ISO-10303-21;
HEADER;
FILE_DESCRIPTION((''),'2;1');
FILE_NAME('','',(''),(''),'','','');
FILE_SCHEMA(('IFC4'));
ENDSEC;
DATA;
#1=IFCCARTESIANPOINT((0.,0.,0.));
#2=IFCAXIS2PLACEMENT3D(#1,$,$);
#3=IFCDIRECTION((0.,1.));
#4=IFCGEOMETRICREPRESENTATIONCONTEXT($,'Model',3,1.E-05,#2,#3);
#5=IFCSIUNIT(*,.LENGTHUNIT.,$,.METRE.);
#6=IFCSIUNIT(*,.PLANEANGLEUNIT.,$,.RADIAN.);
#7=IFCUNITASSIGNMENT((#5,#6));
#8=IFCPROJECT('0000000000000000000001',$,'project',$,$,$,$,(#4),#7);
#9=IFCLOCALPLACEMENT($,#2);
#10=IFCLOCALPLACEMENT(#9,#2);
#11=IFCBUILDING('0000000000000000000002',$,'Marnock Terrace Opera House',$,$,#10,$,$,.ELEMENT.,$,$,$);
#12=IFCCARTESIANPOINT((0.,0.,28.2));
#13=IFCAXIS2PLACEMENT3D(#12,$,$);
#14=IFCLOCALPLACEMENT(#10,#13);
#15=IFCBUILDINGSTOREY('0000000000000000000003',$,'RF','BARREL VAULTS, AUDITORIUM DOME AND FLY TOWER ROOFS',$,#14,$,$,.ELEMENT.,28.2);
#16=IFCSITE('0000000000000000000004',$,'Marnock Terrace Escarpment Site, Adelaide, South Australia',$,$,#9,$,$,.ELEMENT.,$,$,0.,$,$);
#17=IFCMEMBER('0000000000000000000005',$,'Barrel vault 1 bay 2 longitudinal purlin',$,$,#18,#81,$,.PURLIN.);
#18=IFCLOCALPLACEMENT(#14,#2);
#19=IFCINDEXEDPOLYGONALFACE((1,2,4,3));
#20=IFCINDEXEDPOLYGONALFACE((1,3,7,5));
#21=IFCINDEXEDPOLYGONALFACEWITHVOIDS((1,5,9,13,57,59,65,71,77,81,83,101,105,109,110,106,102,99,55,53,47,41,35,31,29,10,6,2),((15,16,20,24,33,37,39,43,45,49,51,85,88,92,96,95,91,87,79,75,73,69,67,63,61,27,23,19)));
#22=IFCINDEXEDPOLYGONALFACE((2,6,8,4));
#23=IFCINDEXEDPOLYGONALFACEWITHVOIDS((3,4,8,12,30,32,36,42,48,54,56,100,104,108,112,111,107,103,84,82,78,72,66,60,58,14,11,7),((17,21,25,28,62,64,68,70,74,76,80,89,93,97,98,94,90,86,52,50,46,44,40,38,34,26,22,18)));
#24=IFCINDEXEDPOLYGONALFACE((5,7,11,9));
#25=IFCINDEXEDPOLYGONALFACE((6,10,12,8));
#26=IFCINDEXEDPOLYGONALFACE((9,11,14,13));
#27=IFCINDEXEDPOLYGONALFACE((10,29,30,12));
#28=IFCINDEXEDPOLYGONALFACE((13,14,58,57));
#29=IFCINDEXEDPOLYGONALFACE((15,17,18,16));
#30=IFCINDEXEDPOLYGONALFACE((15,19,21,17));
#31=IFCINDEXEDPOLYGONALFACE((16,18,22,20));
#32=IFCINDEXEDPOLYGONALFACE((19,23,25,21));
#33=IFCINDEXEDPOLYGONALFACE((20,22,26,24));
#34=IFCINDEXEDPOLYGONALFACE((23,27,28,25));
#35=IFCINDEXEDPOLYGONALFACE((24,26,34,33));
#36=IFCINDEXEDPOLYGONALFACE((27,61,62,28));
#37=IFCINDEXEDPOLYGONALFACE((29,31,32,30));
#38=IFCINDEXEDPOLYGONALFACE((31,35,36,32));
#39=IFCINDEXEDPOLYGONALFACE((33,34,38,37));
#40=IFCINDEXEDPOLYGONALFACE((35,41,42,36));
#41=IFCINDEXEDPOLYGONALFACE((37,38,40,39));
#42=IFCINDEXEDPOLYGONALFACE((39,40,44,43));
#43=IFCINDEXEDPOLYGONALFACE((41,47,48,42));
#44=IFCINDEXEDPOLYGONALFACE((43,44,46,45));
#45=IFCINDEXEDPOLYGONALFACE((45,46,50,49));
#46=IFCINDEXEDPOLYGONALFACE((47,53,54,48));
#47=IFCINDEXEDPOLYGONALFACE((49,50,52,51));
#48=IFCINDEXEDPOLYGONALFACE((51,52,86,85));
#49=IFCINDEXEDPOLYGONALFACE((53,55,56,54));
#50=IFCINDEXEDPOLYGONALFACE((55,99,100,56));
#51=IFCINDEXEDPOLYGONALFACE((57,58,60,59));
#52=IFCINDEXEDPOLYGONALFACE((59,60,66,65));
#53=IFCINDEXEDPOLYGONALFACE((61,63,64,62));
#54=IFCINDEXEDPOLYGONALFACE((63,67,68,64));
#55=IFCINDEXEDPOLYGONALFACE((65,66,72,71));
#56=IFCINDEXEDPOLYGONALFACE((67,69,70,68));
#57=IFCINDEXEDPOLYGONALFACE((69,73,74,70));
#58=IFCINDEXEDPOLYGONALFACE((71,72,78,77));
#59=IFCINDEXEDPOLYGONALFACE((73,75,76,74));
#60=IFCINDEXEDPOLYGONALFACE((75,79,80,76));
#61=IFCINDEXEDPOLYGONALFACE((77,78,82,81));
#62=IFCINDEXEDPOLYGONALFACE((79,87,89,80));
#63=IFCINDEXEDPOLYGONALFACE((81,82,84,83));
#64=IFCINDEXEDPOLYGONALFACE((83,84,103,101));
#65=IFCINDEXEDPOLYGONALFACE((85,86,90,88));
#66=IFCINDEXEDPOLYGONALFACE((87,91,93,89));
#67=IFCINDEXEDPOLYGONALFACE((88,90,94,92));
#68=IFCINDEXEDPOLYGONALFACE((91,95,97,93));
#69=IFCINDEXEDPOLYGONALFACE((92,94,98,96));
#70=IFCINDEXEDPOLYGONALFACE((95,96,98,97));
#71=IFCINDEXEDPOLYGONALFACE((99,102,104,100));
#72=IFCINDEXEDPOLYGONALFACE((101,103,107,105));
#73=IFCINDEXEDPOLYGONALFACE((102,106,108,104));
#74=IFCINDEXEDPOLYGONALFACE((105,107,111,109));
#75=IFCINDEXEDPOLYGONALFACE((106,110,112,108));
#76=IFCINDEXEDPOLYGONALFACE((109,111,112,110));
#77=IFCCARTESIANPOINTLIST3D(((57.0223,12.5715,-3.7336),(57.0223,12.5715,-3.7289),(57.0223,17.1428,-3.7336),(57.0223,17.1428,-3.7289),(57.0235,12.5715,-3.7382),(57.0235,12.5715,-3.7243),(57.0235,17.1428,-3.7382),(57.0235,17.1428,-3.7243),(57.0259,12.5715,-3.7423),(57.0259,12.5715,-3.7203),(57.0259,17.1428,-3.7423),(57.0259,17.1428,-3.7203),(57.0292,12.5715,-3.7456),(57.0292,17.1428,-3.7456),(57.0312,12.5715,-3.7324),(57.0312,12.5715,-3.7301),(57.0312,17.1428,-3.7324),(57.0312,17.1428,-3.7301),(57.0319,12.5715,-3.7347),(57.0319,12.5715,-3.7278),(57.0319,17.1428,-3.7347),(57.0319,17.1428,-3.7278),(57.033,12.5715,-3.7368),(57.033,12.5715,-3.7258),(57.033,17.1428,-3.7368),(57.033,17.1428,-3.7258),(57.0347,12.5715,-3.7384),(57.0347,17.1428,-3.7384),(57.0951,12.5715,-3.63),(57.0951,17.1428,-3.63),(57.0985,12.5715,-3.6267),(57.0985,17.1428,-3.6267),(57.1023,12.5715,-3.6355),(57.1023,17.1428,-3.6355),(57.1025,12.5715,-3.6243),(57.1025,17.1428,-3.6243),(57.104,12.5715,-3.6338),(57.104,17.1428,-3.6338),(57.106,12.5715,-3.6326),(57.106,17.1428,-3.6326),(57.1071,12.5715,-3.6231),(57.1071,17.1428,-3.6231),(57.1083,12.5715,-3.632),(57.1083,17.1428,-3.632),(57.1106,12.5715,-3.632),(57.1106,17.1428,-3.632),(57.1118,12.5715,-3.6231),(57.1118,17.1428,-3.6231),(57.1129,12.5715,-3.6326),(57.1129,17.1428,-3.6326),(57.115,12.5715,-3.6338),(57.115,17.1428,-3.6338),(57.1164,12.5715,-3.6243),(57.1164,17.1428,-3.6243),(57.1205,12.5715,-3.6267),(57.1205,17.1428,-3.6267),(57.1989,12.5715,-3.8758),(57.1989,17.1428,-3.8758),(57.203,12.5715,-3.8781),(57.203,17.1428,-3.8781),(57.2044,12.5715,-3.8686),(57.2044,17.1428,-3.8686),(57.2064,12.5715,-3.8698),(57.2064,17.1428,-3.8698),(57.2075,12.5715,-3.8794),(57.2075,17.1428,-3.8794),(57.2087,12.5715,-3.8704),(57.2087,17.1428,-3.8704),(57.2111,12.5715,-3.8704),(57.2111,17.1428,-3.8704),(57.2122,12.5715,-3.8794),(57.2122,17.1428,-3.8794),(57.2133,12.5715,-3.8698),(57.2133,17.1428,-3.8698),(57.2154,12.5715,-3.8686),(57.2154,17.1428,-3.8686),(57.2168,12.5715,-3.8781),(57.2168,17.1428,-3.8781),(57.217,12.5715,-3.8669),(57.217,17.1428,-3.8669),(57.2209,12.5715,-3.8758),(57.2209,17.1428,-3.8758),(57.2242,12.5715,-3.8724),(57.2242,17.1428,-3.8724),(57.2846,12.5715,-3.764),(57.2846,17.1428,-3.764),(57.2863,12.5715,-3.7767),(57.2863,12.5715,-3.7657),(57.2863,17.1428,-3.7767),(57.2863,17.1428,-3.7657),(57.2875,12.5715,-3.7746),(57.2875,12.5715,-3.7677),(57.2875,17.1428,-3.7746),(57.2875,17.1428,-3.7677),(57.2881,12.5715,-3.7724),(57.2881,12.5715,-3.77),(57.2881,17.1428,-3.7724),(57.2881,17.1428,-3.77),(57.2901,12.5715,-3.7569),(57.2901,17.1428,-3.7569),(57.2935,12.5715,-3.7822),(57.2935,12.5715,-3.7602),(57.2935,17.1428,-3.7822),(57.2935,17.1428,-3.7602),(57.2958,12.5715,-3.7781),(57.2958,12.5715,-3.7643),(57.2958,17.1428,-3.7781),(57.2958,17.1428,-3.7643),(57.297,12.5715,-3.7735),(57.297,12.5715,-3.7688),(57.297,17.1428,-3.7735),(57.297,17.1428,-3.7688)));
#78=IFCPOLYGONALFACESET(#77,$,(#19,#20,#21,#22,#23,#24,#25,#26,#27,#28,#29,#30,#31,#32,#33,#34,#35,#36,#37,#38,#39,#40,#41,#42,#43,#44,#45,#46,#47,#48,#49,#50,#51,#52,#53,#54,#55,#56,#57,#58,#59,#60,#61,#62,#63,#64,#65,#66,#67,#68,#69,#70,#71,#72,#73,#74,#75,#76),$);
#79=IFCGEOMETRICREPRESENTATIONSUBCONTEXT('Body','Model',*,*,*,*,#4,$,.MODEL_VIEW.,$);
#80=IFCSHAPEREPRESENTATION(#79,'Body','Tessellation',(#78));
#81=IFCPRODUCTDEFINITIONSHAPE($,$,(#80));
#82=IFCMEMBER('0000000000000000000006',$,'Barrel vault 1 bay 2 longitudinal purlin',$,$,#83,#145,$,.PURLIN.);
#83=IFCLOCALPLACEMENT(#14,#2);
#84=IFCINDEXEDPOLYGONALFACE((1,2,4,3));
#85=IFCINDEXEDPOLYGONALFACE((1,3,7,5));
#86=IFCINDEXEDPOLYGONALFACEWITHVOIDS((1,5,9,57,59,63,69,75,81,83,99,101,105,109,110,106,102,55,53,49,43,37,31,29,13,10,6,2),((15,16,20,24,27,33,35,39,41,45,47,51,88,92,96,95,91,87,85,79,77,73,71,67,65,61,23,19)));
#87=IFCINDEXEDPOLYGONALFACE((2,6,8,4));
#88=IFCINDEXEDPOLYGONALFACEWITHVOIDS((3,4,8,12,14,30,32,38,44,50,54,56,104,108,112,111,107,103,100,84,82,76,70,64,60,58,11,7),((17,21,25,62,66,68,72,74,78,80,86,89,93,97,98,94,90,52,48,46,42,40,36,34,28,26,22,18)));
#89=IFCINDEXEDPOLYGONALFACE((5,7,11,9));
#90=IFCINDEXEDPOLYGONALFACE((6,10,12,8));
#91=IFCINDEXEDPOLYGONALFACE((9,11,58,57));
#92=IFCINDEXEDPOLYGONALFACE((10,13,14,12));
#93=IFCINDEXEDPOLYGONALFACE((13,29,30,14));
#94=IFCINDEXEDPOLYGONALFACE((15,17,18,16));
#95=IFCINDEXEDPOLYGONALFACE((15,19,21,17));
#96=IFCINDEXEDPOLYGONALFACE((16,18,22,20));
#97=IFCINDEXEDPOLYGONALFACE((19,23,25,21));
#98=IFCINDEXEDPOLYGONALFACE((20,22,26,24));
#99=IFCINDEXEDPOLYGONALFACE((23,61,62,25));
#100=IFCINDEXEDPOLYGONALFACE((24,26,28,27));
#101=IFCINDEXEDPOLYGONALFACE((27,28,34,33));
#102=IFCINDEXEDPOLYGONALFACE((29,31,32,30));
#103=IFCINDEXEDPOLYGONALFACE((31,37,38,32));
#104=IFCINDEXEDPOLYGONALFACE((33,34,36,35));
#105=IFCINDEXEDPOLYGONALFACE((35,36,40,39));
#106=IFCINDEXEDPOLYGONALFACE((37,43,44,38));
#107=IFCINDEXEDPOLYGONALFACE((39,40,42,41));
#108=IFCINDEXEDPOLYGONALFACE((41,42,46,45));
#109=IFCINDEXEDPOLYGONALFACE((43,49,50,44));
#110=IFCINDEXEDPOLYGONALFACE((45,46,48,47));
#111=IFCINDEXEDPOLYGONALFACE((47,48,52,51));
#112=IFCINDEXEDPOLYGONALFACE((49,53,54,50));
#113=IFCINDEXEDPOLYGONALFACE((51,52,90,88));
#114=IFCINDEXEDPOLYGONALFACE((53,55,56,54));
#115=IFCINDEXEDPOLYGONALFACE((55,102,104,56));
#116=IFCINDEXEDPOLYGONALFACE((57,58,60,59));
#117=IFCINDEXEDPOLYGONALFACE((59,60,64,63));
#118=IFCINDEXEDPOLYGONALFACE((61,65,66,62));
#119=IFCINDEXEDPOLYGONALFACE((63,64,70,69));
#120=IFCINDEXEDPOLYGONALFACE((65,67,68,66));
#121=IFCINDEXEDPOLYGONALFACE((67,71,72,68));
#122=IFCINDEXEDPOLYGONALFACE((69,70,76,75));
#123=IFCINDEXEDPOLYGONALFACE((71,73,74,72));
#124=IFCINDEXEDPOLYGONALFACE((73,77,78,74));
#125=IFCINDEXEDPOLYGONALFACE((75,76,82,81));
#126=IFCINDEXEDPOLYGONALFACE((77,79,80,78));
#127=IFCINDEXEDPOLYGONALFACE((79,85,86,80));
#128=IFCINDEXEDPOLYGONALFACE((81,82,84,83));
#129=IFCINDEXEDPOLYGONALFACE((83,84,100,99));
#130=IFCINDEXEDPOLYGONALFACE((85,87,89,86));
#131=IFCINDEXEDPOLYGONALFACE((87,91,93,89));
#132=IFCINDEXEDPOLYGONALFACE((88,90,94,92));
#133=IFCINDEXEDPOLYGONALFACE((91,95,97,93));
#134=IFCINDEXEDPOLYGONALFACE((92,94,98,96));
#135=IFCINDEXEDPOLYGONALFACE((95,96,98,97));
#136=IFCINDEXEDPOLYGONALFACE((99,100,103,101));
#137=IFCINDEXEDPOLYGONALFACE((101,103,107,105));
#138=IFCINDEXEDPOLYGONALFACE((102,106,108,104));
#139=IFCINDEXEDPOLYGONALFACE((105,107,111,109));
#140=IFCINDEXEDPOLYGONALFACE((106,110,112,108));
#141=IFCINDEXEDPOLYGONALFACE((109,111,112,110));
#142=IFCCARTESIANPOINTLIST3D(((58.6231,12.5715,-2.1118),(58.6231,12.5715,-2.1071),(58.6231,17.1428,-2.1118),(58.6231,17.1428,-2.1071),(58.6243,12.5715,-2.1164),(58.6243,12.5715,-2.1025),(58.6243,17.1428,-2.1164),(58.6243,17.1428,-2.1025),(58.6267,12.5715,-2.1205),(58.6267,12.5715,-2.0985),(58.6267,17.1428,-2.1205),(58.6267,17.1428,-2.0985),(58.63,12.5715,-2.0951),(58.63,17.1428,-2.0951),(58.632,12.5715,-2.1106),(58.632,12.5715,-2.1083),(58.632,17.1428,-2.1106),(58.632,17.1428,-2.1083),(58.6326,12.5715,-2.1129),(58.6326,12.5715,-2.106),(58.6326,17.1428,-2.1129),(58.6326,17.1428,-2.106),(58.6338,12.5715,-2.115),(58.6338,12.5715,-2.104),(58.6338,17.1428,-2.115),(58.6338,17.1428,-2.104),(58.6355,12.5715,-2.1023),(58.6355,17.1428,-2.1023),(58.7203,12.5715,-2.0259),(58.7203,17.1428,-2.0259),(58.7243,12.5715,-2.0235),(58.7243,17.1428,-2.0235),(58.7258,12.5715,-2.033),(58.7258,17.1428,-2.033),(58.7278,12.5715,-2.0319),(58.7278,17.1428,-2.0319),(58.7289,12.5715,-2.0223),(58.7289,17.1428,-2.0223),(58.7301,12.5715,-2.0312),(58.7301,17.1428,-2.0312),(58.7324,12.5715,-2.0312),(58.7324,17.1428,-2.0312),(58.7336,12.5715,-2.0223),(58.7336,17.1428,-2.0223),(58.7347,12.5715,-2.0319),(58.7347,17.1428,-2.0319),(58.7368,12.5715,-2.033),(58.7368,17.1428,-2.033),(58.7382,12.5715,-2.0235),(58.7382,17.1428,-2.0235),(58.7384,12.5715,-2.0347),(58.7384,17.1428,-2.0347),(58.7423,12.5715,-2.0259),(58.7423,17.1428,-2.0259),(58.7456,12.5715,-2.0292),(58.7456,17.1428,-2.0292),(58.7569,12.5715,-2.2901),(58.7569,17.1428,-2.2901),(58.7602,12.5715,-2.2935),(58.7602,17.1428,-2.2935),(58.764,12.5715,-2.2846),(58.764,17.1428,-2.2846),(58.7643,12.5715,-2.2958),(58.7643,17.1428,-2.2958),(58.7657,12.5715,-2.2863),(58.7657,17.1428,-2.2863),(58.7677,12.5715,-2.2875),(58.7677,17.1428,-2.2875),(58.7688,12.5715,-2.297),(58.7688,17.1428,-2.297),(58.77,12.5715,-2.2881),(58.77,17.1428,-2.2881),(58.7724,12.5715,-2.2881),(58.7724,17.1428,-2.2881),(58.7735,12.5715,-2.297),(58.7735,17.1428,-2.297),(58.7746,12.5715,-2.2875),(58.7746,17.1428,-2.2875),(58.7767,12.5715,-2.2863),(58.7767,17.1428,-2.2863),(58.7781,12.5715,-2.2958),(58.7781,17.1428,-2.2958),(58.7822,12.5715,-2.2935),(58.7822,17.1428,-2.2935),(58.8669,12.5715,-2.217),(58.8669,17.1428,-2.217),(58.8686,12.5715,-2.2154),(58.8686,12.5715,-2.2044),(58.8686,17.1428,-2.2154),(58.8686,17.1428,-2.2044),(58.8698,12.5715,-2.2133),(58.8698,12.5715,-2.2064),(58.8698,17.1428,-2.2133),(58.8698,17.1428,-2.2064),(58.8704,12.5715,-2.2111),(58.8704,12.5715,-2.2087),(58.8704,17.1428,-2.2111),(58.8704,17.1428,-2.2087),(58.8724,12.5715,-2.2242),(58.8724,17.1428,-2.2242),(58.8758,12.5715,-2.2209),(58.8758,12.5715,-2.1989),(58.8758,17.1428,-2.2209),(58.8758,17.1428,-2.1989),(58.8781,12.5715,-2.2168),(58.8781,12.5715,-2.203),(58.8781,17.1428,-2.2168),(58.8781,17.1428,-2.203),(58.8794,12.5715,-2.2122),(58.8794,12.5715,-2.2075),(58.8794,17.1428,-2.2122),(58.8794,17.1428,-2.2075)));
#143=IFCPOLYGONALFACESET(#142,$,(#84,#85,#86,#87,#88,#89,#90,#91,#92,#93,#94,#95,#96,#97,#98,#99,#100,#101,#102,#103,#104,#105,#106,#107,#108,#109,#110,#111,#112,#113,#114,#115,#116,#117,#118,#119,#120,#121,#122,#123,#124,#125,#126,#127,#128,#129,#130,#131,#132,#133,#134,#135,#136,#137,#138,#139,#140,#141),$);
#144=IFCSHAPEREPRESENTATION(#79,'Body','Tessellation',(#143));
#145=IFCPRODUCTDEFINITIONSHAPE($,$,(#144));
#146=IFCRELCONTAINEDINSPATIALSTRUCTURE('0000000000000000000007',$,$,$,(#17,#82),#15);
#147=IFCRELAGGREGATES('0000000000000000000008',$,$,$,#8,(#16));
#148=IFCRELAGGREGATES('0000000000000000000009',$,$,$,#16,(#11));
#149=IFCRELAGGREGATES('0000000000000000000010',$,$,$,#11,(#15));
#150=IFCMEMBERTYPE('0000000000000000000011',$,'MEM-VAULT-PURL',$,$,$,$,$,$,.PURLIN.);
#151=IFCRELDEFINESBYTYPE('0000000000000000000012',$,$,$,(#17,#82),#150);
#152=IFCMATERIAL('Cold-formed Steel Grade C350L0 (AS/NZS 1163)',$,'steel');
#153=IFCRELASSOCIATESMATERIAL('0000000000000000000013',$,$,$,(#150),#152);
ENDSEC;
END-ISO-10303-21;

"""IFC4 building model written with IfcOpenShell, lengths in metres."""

from ifc_helpers import new_model, si_unit, direction, frame, origin, origin_2d, place, context, subcontext, project, spatial, hollow_rectangle, extrude, material, material_profile, profile_set, type_object, element, save


model = new_model("IFC4")

# Units and contexts
model_context = context("Model", 3, precision=1e-05, world=origin(), true_north=direction((0.0, 1.0)))
body_context = subcontext(model_context, "Body", "Model", "MODEL_VIEW")
ifc_project = project(units=[si_unit("LENGTHUNIT", "METRE"), si_unit("PLANEANGLEUNIT", "RADIAN")], contexts=[model_context])

# Site, building, storey
site_placement = place(None, origin())
site = spatial("IfcSite", under=ifc_project, at=site_placement, Name="Marnock Terrace Escarpment Site, Adelaide, South Australia", CompositionType="ELEMENT", RefElevation=0.0)
building_placement = place(site_placement, origin())
building = spatial("IfcBuilding", under=site, at=building_placement, Name="Marnock Terrace Opera House", CompositionType="ELEMENT")
storey_placement = place(building_placement, frame((0.0, 0.0, 28.2)))
storey = spatial("IfcBuildingStorey", under=building, at=storey_placement, Name="RF", Description="BARREL VAULTS, AUDITORIUM DOME AND FLY TOWER ROOFS", CompositionType="ELEMENT", Elevation=28.2)

# Members
ifc_material_1 = material(Name="Cold-formed Steel Grade C350L0 (AS/NZS 1163)", Category="steel")
ifc_material_profile_1 = material_profile(ifc_material_1, hollow_rectangle(XDim=0.1499, YDim=0.25, WallThickness=0.009, InnerFilletRadius=0.009, OuterFilletRadius=0.0181, at=origin_2d()))
ifc_profile_set_1 = profile_set([ifc_material_profile_1], Name="Cold-formed Steel Grade C350L0 (AS/NZS 1163)")
member_type_1 = type_object("IfcMemberType", Name="MEM-VAULT-PURL", PredefinedType="PURLIN", material=ifc_profile_set_1)
for number, where, z_axis, x_axis, name in (
    (1, (57.1597, 12.5715, -3.7512), (0.0, 1.0, 0.0), (-0.608761, 0.0, -0.793353), "Barrel vault 1 bay 2 longitudinal purlin"),
    (2, (58.7512, 12.5715, -2.1597), (0.0, 1.0, 0.0), (-0.793353, 0.0, -0.608761), "Barrel vault 1 bay 2 longitudinal purlin"),
):
    element("IfcMember", number, at=place(storey_placement, frame(where, z_axis=z_axis, x_axis=x_axis)), inside=storey, type_object=member_type_1, Name=name, PredefinedType="PURLIN", context=body_context, shape_type="SweptSolid", body=[
        extrude(hollow_rectangle(XDim=0.1499, YDim=0.25, WallThickness=0.009, InnerFilletRadius=0.009, OuterFilletRadius=0.0181, at=origin_2d()), origin(), (0.0, 0.0, 1.0), 4.5713),
    ])

save(model, "model.ifc")
